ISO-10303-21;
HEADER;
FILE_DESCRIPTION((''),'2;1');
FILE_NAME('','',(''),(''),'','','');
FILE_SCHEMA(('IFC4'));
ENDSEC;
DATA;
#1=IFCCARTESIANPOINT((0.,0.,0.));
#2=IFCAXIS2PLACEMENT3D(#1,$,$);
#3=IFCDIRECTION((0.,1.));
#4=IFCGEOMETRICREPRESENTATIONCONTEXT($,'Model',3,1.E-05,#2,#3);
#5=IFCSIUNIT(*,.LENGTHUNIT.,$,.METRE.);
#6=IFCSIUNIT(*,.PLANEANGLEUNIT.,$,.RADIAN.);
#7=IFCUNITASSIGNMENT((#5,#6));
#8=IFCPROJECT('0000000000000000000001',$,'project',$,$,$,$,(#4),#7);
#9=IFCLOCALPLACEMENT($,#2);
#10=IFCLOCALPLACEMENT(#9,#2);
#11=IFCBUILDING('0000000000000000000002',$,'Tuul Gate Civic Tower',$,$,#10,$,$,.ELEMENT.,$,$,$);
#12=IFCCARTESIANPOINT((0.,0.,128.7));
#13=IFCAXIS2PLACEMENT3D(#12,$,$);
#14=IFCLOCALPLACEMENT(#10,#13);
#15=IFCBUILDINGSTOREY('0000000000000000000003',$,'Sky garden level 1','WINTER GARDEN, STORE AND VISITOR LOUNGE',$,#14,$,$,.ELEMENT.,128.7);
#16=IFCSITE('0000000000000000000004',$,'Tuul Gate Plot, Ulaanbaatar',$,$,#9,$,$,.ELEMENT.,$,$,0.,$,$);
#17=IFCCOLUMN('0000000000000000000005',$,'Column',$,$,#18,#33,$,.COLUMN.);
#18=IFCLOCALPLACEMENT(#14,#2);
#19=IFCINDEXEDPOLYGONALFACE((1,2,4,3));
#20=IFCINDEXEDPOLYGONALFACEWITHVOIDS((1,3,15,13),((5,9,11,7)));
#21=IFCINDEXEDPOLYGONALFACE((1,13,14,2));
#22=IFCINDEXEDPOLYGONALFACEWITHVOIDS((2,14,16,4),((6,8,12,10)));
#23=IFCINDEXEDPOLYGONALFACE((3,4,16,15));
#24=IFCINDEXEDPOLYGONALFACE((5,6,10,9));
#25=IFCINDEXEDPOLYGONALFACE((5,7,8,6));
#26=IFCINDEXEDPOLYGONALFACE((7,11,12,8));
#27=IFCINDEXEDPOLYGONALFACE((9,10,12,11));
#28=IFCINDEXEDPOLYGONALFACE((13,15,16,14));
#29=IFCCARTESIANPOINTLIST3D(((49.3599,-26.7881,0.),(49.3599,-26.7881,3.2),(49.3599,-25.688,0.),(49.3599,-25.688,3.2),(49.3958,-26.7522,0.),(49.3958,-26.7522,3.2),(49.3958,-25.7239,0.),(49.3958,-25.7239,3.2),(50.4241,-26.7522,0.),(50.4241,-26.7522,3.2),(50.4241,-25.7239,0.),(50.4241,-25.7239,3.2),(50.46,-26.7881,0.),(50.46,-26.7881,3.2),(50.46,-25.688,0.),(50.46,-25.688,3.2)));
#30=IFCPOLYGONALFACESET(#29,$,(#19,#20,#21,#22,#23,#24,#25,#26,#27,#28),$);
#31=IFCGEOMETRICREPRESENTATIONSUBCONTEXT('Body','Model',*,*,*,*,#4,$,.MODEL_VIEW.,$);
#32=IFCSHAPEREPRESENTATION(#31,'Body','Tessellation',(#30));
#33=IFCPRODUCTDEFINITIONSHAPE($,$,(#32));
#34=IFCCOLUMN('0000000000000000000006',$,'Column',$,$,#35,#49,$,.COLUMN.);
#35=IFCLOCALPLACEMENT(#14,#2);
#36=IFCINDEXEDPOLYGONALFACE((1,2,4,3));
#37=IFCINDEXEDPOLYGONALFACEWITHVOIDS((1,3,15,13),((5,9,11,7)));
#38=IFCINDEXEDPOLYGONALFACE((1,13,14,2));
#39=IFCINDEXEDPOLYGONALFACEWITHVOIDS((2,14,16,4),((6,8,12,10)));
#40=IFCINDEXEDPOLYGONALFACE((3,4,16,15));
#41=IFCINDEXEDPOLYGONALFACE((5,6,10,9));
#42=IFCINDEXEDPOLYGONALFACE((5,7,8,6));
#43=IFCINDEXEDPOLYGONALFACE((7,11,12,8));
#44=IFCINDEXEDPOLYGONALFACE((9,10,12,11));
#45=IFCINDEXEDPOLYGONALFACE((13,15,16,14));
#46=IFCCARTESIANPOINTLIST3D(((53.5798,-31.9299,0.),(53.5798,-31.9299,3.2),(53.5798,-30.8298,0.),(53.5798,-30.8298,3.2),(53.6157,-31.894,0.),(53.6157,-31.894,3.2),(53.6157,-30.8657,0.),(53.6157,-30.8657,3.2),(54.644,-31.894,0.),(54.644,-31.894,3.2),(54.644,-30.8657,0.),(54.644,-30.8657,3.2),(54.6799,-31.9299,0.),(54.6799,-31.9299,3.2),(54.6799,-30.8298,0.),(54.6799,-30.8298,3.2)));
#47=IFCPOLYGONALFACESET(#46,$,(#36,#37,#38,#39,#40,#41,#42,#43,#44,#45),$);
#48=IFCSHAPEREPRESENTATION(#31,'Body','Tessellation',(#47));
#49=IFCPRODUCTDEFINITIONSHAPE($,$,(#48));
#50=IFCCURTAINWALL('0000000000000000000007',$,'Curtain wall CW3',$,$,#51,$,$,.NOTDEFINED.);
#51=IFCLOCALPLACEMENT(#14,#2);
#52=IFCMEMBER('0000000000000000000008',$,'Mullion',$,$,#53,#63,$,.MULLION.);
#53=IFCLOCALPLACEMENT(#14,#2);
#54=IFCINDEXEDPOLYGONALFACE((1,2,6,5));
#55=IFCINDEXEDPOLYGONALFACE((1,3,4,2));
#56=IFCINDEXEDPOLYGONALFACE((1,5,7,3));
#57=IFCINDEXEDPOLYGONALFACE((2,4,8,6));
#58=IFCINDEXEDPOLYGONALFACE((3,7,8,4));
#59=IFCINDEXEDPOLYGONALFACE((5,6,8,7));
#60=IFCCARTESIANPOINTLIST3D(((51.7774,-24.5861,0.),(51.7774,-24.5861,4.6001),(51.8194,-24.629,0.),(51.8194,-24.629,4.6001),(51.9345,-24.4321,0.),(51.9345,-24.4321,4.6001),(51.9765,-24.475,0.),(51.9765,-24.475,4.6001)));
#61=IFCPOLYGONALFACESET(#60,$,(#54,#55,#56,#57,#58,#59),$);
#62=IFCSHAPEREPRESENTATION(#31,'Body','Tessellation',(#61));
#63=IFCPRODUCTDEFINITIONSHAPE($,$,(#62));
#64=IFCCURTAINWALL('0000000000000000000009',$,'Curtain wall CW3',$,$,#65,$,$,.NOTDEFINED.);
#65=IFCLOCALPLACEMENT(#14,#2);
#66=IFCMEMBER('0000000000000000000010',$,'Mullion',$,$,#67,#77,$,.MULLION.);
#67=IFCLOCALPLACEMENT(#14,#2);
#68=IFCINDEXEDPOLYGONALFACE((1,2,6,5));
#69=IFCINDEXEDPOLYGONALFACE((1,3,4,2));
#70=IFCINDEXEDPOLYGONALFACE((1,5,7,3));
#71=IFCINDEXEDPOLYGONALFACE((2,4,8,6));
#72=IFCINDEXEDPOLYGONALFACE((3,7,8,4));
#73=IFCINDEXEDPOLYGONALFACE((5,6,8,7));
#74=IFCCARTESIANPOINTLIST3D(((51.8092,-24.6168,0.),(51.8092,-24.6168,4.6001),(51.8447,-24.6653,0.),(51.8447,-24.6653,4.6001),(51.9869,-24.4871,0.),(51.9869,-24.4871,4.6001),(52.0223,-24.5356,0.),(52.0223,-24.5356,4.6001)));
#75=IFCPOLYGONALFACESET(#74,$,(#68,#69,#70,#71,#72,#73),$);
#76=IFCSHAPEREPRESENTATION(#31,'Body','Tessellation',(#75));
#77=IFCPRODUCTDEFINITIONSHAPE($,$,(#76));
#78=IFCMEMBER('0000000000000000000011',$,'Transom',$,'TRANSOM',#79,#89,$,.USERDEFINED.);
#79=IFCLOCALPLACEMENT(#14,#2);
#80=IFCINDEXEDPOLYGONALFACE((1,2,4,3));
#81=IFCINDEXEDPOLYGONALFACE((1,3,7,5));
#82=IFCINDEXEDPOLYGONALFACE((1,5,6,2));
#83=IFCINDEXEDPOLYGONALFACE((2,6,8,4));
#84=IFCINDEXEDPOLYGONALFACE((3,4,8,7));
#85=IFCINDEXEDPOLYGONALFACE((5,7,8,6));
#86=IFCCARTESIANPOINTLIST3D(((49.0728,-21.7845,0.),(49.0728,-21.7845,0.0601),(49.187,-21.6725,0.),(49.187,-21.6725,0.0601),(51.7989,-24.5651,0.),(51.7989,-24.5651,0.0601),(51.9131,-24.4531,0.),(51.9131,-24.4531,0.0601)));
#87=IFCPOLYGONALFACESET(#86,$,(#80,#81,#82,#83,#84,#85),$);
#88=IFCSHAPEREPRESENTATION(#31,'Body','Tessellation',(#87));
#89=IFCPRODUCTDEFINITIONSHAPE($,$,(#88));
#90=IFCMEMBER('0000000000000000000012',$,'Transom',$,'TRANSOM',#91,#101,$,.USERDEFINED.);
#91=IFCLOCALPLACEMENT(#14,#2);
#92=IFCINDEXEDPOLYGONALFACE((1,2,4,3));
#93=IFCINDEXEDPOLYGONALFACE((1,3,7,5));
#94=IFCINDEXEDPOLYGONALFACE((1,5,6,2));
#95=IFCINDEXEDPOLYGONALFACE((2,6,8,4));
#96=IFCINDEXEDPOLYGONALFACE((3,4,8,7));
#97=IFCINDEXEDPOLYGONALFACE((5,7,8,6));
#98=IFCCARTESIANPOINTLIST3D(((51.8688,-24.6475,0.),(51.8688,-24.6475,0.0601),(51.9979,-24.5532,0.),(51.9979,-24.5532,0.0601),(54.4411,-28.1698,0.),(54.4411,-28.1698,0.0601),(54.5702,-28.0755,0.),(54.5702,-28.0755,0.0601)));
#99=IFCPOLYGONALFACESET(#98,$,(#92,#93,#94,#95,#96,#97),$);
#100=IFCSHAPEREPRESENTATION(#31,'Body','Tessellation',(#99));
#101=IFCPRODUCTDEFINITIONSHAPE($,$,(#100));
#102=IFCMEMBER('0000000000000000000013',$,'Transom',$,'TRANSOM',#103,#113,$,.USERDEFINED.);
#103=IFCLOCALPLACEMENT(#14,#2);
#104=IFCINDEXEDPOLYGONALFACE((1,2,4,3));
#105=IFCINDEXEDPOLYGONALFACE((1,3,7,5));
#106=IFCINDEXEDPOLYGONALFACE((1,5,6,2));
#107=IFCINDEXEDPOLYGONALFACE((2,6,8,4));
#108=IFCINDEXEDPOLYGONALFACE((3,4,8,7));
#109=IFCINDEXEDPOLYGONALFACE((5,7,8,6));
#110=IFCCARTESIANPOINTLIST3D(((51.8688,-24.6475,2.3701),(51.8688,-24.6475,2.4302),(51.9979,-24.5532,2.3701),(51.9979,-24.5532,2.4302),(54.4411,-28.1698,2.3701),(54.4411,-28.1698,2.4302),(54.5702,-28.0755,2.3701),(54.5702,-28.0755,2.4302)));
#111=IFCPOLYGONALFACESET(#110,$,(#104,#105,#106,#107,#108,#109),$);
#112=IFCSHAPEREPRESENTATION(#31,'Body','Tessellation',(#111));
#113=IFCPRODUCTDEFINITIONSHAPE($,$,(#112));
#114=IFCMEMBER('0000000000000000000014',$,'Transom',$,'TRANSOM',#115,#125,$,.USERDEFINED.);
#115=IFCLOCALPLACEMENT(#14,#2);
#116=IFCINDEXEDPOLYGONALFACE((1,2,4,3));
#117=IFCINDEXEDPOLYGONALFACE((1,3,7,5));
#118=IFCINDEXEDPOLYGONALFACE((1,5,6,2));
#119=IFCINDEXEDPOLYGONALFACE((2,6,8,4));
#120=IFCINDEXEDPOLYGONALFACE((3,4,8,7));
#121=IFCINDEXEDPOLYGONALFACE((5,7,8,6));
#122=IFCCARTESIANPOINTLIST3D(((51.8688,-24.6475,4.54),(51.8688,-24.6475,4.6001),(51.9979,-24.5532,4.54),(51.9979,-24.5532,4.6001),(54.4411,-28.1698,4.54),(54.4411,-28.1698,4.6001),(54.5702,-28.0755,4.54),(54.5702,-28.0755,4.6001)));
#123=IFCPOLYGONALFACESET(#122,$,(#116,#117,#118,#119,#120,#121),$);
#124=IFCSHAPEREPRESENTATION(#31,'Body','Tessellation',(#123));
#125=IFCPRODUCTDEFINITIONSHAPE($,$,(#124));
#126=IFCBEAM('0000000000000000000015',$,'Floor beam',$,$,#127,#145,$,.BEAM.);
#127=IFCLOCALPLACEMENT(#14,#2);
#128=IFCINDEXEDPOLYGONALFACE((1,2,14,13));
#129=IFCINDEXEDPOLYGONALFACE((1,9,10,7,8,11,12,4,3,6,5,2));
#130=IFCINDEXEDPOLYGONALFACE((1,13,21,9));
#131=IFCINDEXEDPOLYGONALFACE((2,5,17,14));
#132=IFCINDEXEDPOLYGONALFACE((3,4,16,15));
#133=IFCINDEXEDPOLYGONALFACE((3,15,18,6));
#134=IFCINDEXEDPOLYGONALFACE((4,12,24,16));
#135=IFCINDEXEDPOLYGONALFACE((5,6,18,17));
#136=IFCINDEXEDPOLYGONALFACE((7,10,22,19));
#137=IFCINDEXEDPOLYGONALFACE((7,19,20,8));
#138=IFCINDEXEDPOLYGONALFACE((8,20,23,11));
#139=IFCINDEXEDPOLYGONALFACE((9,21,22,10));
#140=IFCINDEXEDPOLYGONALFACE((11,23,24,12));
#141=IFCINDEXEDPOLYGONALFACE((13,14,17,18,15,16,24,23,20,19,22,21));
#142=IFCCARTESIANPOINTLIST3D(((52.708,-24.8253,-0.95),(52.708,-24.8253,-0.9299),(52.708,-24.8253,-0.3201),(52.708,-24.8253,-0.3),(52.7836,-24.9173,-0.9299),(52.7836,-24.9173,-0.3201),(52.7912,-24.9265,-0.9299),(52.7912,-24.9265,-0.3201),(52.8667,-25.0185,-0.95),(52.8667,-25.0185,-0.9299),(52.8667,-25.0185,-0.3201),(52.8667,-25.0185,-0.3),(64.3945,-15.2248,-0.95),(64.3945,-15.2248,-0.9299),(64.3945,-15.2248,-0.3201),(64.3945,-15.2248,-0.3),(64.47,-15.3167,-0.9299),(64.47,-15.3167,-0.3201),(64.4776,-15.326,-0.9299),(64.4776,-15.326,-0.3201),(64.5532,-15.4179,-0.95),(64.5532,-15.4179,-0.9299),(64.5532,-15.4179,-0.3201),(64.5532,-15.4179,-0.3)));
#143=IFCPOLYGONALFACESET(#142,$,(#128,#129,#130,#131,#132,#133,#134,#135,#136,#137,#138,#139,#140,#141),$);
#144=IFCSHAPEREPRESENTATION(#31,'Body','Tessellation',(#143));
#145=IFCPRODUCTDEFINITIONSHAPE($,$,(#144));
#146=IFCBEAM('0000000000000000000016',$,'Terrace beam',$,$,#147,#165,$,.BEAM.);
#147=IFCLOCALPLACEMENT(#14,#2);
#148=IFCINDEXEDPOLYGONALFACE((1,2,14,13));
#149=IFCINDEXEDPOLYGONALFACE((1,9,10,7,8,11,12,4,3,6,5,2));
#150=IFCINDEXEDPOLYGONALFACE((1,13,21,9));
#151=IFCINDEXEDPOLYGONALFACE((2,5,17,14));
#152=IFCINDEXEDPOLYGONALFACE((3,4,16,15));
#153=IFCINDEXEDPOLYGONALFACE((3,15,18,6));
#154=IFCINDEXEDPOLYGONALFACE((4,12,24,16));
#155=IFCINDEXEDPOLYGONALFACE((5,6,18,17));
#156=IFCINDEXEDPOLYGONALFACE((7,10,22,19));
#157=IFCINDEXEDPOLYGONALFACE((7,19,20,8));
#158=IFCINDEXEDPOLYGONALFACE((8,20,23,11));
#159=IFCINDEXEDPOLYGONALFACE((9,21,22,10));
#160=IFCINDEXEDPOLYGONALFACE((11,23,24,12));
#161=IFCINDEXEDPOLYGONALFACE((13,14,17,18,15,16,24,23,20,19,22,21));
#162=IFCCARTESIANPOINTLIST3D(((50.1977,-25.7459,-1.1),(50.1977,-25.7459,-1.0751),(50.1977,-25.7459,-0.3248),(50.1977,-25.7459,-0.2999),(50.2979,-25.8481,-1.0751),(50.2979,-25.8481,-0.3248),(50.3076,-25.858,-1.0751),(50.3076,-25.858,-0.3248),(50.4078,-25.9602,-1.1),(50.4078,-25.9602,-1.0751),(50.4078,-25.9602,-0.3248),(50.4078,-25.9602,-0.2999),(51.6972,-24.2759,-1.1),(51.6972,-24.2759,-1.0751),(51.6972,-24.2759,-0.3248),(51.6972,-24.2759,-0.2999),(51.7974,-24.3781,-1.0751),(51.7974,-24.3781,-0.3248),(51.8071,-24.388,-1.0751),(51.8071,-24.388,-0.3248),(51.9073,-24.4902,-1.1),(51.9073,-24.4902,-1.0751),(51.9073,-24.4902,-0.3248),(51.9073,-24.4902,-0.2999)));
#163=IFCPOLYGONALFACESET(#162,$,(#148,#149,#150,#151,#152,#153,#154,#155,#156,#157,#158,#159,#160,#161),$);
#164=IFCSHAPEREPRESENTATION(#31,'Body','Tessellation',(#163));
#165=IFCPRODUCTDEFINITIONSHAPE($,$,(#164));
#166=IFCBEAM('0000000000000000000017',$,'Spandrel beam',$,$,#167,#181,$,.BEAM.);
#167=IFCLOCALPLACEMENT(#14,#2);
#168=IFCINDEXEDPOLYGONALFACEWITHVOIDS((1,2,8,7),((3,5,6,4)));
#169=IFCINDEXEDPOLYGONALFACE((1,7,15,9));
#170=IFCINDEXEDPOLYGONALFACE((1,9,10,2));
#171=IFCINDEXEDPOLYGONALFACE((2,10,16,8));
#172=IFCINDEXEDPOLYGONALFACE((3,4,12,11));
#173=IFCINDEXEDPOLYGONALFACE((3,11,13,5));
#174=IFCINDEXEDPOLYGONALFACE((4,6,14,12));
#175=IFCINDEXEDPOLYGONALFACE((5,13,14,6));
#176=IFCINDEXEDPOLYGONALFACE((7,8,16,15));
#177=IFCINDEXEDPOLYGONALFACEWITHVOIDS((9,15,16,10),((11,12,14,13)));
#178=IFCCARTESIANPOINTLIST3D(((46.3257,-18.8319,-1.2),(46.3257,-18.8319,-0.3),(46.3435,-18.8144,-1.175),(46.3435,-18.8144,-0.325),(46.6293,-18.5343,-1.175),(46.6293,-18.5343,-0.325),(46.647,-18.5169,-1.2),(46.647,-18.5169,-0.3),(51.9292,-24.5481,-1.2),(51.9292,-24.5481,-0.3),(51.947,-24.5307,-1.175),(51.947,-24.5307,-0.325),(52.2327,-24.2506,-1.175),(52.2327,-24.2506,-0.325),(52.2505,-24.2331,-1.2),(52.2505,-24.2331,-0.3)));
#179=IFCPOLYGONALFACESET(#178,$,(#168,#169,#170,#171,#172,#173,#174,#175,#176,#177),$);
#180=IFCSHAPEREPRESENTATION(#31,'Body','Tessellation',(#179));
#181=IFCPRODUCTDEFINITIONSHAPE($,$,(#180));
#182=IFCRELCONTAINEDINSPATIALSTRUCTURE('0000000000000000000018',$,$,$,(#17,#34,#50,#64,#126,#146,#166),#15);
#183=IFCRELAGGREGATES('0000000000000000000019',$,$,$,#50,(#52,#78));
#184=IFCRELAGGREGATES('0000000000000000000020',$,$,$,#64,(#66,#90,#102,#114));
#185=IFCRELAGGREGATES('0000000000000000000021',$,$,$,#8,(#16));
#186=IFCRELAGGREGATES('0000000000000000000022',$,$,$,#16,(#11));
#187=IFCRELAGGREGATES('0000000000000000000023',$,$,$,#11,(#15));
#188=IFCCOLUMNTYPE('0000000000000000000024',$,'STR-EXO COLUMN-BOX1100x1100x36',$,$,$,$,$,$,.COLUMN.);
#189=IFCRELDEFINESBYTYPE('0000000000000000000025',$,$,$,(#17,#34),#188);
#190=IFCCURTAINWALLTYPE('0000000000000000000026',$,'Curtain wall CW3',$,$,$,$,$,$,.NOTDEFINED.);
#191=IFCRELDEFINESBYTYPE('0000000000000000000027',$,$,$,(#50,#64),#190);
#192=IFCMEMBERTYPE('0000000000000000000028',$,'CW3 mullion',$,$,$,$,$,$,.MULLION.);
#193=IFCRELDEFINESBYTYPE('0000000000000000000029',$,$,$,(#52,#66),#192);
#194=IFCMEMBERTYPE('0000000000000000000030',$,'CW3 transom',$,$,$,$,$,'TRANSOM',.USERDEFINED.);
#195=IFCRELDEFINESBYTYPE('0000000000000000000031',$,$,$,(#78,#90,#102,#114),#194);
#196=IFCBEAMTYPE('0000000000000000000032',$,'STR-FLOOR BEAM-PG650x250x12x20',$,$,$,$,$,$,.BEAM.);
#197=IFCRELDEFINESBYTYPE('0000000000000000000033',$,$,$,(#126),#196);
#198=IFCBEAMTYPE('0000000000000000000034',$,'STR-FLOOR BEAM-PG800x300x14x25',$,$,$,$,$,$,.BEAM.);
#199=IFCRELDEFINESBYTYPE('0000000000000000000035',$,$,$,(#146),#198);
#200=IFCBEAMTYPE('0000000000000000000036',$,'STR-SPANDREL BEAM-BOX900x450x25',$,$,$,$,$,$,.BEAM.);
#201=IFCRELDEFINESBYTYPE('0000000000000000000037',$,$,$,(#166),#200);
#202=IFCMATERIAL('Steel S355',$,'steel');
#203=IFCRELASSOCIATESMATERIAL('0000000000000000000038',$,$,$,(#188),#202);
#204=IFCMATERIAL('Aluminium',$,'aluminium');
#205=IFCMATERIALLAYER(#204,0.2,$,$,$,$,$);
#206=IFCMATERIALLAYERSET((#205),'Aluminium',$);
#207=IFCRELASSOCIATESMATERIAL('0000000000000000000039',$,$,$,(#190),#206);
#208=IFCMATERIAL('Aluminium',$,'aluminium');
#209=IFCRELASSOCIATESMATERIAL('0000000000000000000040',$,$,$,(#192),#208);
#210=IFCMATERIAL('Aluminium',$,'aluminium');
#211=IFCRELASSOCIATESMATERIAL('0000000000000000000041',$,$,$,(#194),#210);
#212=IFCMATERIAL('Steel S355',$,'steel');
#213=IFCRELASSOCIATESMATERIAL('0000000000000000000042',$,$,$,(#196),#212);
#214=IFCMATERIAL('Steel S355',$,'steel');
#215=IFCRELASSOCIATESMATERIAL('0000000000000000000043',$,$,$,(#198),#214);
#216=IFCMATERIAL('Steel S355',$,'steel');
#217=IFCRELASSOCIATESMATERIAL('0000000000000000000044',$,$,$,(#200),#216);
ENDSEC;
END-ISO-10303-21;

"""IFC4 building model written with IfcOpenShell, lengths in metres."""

from ifc_helpers import new_model, si_unit, direction, frame, origin, origin_2d, place, context, subcontext, project, spatial, rectangle, hollow_rectangle, i_section, extrude, material, layer, layer_set, material_profile, profile_set, type_object, element, aggregate, save


model = new_model("IFC4")

# Units and contexts
model_context = context("Model", 3, precision=1e-05, world=origin(), true_north=direction((0.0, 1.0)))
body_context = subcontext(model_context, "Body", "Model", "MODEL_VIEW")
ifc_project = project(units=[si_unit("LENGTHUNIT", "METRE"), si_unit("PLANEANGLEUNIT", "RADIAN")], contexts=[model_context])

# Site, building, storey
site_placement = place(None, origin())
site = spatial("IfcSite", under=ifc_project, at=site_placement, Name="Tuul Gate Plot, Ulaanbaatar", CompositionType="ELEMENT", RefElevation=0.0)
building_placement = place(site_placement, origin())
building = spatial("IfcBuilding", under=site, at=building_placement, Name="Tuul Gate Civic Tower", CompositionType="ELEMENT")
storey_placement = place(building_placement, frame((0.0, 0.0, 128.7)))
storey = spatial("IfcBuildingStorey", under=building, at=storey_placement, Name="Sky garden level 1", Description="WINTER GARDEN, STORE AND VISITOR LOUNGE", CompositionType="ELEMENT", Elevation=128.7)

# Columns
ifc_material_1 = material(Name="Steel S355", Category="steel")
ifc_material_profile_1 = material_profile(ifc_material_1, hollow_rectangle(XDim=1.1001, YDim=1.1001, WallThickness=0.0359, at=origin_2d()), Name="BOX1100x1100x36")
ifc_profile_set_1 = profile_set([ifc_material_profile_1], Name="Steel S355")
column_type = type_object("IfcColumnType", Name="STR-EXO COLUMN-BOX1100x1100x36", PredefinedType="COLUMN", material=ifc_profile_set_1)
for number, where, z_axis, x_axis, name in (
    (1, (49.9099, -26.238, 0.0), (0.0, 0.0, 1.0), (1.0, 0.0, 0.0), "Column"),
    (2, (54.1299, -31.3799, 0.0), (0.0, 0.0, 1.0), (1.0, 0.0, 0.0), "Column"),
):
    element("IfcColumn", number, at=place(storey_placement, frame(where, z_axis=z_axis, x_axis=x_axis)), inside=storey, type_object=column_type, Name=name, PredefinedType="COLUMN", context=body_context, shape_type="SweptSolid", body=[
        extrude(hollow_rectangle(XDim=1.1001, YDim=1.1001, WallThickness=0.0359, at=origin_2d()), origin(), (0.0, 0.0, 1.0), 3.2),
    ])

# Curtain walls, members
ifc_material_2 = material(Name="Aluminium", Category="aluminium")
ifc_layer_1 = layer(ifc_material_2, 0.2)
ifc_layer_set_1 = layer_set([ifc_layer_1], Name="Aluminium")
curtain_wall_type = type_object("IfcCurtainWallType", Name="Curtain wall CW3", PredefinedType="NOTDEFINED", material=ifc_layer_set_1)
curtain_wall_1_placement = place(storey_placement, origin())
curtain_wall_1 = element("IfcCurtainWall", 3, at=curtain_wall_1_placement, inside=storey, type_object=curtain_wall_type, Name="Curtain wall CW3", PredefinedType="NOTDEFINED")
ifc_material_3 = material(Name="Aluminium", Category="aluminium")
ifc_material_profile_2 = material_profile(ifc_material_3, rectangle(XDim=0.22, YDim=0.0601, at=origin_2d()), Name="CW3 mullion")
ifc_profile_set_2 = profile_set([ifc_material_profile_2], Name="Aluminium")
member_type_1 = type_object("IfcMemberType", Name="CW3 mullion", PredefinedType="MULLION", material=ifc_profile_set_2)
member_1_placement = place(storey_placement, frame((51.877, -24.5305, 0.0), z_axis=(0.0, 0.0, 1.0), x_axis=(0.7141, 0.700044, 0.0)))
member_1 = element("IfcMember", 4, at=member_1_placement, type_object=member_type_1, Name="Mullion", PredefinedType="MULLION", context=body_context, shape_type="SweptSolid", body=[
    extrude(rectangle(XDim=0.22, YDim=0.0601, at=origin_2d()), origin(), (0.0, 0.0, 1.0), 4.6001),
])
curtain_wall_2_placement = place(storey_placement, origin())
curtain_wall_2 = element("IfcCurtainWall", 5, at=curtain_wall_2_placement, inside=storey, type_object=curtain_wall_type, Name="Curtain wall CW3", PredefinedType="NOTDEFINED")
member_2_placement = place(storey_placement, frame((51.9158, -24.5762, 0.0), z_axis=(0.0, 0.0, 1.0), x_axis=(0.807567, 0.589776, 0.0)))
member_2 = element("IfcMember", 6, at=member_2_placement, type_object=member_type_1, Name="Mullion", PredefinedType="MULLION", context=body_context, shape_type="SweptSolid", body=[
    extrude(rectangle(XDim=0.22, YDim=0.0601, at=origin_2d()), origin(), (0.0, 0.0, 1.0), 4.6001),
])

# Members
ifc_material_4 = material(Name="Aluminium", Category="aluminium")
ifc_material_profile_3 = material_profile(ifc_material_4, rectangle(XDim=0.1599, YDim=0.0601, at=origin_2d()), Name="CW3 transom")
ifc_profile_set_3 = profile_set([ifc_material_profile_3], Name="Aluminium")
member_type_2 = type_object("IfcMemberType", Name="CW3 transom", ElementType="TRANSOM", PredefinedType="USERDEFINED", material=ifc_profile_set_3)
member_3_placement = place(storey_placement, frame((49.1299, -21.7285, 0.03), z_axis=(0.700081, -0.714063, 0.0), x_axis=(0.714063, 0.700081, 0.0)))
member_3 = element("IfcMember", 7, at=member_3_placement, type_object=member_type_2, Name="Transom", ObjectType="TRANSOM", PredefinedType="USERDEFINED", context=body_context, shape_type="SweptSolid", body=[
    extrude(rectangle(XDim=0.1599, YDim=0.0601, at=origin_2d()), origin(), (0.0, 0.0, 1.0), 3.894),
])
member_4_placement = place(storey_placement, frame((51.9333, -24.6003, 0.03), z_axis=(0.589768, -0.807573, 0.0), x_axis=(0.807573, 0.589768, 0.0)))
member_4 = element("IfcMember", 8, at=member_4_placement, type_object=member_type_2, Name="Transom", ObjectType="TRANSOM", PredefinedType="USERDEFINED", context=body_context, shape_type="SweptSolid", body=[
    extrude(rectangle(XDim=0.1599, YDim=0.0601, at=origin_2d()), origin(), (0.0, 0.0, 1.0), 4.3616),
])
member_5_placement = place(storey_placement, frame((51.9333, -24.6003, 2.4001), z_axis=(0.589768, -0.807573, 0.0), x_axis=(0.807573, 0.589768, 0.0)))
member_5 = element("IfcMember", 9, at=member_5_placement, type_object=member_type_2, Name="Transom", ObjectType="TRANSOM", PredefinedType="USERDEFINED", context=body_context, shape_type="SweptSolid", body=[
    extrude(rectangle(XDim=0.1599, YDim=0.0601, at=origin_2d()), origin(), (0.0, 0.0, 1.0), 4.3616),
])
member_6_placement = place(storey_placement, frame((51.9333, -24.6003, 4.5701), z_axis=(0.589768, -0.807573, 0.0), x_axis=(0.807573, 0.589768, 0.0)))
member_6 = element("IfcMember", 10, at=member_6_placement, type_object=member_type_2, Name="Transom", ObjectType="TRANSOM", PredefinedType="USERDEFINED", context=body_context, shape_type="SweptSolid", body=[
    extrude(rectangle(XDim=0.1599, YDim=0.0601, at=origin_2d()), origin(), (0.0, 0.0, 1.0), 4.3616),
])

# Beams
ifc_material_5 = material(Name="Steel S355", Category="steel")
ifc_material_profile_4 = material_profile(ifc_material_5, i_section(OverallWidth=0.25, OverallDepth=0.6499, WebThickness=0.012, FlangeThickness=0.02, at=origin_2d()), Name="PG650x250x12x20")
ifc_profile_set_4 = profile_set([ifc_material_profile_4], Name="Steel S355")
beam_type_1 = type_object("IfcBeamType", Name="STR-FLOOR BEAM-PG650x250x12x20", PredefinedType="BEAM", material=ifc_profile_set_4)
beam_1_placement = place(storey_placement, frame((52.7874, -24.9219, -0.625), z_axis=(0.772696, 0.634777, 0.0), x_axis=(-0.634777, 0.772696, 0.0)))
element("IfcBeam", 11, at=beam_1_placement, inside=storey, type_object=beam_type_1, Name="Floor beam", PredefinedType="BEAM", context=body_context, shape_type="SweptSolid", body=[
    extrude(i_section(OverallWidth=0.25, OverallDepth=0.6499, WebThickness=0.012, FlangeThickness=0.02, at=origin_2d()), origin(), (0.0, 0.0, 1.0), 15.1243),
])
ifc_material_6 = material(Name="Steel S355", Category="steel")
ifc_material_profile_5 = material_profile(ifc_material_6, i_section(OverallWidth=0.3, OverallDepth=0.8, WebThickness=0.0139, FlangeThickness=0.0249, at=origin_2d()), Name="PG800x300x14x25")
ifc_profile_set_5 = profile_set([ifc_material_profile_5], Name="Steel S355")
beam_type_2 = type_object("IfcBeamType", Name="STR-FLOOR BEAM-PG800x300x14x25", PredefinedType="BEAM", material=ifc_profile_set_5)
beam_2_placement = place(storey_placement, frame((50.3027, -25.853, -0.7), z_axis=(0.714106, 0.700038, 0.0), x_axis=(-0.700038, 0.714106, 0.0)))
element("IfcBeam", 12, at=beam_2_placement, inside=storey, type_object=beam_type_2, Name="Terrace beam", PredefinedType="BEAM", context=body_context, shape_type="SweptSolid", body=[
    extrude(i_section(OverallWidth=0.3, OverallDepth=0.8, WebThickness=0.0139, FlangeThickness=0.0249, at=origin_2d()), origin(), (0.0, 0.0, 1.0), 2.0999),
])
ifc_material_7 = material(Name="Steel S355", Category="steel")
ifc_material_profile_6 = material_profile(ifc_material_7, hollow_rectangle(XDim=0.45, YDim=0.8999, WallThickness=0.0249, at=origin_2d()), Name="BOX900x450x25")
ifc_profile_set_6 = profile_set([ifc_material_profile_6], Name="Steel S355")
beam_type_3 = type_object("IfcBeamType", Name="STR-SPANDREL BEAM-BOX900x450x25", PredefinedType="BEAM", material=ifc_profile_set_6)
beam_3_placement = place(storey_placement, frame((52.0898, -24.3906, -0.75), z_axis=(-0.700026, 0.714117, 0.0), x_axis=(-0.714117, -0.700026, 0.0)))
element("IfcBeam", 13, at=beam_3_placement, inside=storey, type_object=beam_type_3, Name="Spandrel beam", PredefinedType="BEAM", context=body_context, shape_type="SweptSolid", body=[
    extrude(hollow_rectangle(XDim=0.45, YDim=0.8999, WallThickness=0.0249, at=origin_2d()), origin(), (0.0, 0.0, 1.0), 8.0046),
])

aggregate(curtain_wall_1, [member_1, member_3])
aggregate(curtain_wall_2, [member_2, member_4, member_5, member_6])

save(model, "model.ifc")
